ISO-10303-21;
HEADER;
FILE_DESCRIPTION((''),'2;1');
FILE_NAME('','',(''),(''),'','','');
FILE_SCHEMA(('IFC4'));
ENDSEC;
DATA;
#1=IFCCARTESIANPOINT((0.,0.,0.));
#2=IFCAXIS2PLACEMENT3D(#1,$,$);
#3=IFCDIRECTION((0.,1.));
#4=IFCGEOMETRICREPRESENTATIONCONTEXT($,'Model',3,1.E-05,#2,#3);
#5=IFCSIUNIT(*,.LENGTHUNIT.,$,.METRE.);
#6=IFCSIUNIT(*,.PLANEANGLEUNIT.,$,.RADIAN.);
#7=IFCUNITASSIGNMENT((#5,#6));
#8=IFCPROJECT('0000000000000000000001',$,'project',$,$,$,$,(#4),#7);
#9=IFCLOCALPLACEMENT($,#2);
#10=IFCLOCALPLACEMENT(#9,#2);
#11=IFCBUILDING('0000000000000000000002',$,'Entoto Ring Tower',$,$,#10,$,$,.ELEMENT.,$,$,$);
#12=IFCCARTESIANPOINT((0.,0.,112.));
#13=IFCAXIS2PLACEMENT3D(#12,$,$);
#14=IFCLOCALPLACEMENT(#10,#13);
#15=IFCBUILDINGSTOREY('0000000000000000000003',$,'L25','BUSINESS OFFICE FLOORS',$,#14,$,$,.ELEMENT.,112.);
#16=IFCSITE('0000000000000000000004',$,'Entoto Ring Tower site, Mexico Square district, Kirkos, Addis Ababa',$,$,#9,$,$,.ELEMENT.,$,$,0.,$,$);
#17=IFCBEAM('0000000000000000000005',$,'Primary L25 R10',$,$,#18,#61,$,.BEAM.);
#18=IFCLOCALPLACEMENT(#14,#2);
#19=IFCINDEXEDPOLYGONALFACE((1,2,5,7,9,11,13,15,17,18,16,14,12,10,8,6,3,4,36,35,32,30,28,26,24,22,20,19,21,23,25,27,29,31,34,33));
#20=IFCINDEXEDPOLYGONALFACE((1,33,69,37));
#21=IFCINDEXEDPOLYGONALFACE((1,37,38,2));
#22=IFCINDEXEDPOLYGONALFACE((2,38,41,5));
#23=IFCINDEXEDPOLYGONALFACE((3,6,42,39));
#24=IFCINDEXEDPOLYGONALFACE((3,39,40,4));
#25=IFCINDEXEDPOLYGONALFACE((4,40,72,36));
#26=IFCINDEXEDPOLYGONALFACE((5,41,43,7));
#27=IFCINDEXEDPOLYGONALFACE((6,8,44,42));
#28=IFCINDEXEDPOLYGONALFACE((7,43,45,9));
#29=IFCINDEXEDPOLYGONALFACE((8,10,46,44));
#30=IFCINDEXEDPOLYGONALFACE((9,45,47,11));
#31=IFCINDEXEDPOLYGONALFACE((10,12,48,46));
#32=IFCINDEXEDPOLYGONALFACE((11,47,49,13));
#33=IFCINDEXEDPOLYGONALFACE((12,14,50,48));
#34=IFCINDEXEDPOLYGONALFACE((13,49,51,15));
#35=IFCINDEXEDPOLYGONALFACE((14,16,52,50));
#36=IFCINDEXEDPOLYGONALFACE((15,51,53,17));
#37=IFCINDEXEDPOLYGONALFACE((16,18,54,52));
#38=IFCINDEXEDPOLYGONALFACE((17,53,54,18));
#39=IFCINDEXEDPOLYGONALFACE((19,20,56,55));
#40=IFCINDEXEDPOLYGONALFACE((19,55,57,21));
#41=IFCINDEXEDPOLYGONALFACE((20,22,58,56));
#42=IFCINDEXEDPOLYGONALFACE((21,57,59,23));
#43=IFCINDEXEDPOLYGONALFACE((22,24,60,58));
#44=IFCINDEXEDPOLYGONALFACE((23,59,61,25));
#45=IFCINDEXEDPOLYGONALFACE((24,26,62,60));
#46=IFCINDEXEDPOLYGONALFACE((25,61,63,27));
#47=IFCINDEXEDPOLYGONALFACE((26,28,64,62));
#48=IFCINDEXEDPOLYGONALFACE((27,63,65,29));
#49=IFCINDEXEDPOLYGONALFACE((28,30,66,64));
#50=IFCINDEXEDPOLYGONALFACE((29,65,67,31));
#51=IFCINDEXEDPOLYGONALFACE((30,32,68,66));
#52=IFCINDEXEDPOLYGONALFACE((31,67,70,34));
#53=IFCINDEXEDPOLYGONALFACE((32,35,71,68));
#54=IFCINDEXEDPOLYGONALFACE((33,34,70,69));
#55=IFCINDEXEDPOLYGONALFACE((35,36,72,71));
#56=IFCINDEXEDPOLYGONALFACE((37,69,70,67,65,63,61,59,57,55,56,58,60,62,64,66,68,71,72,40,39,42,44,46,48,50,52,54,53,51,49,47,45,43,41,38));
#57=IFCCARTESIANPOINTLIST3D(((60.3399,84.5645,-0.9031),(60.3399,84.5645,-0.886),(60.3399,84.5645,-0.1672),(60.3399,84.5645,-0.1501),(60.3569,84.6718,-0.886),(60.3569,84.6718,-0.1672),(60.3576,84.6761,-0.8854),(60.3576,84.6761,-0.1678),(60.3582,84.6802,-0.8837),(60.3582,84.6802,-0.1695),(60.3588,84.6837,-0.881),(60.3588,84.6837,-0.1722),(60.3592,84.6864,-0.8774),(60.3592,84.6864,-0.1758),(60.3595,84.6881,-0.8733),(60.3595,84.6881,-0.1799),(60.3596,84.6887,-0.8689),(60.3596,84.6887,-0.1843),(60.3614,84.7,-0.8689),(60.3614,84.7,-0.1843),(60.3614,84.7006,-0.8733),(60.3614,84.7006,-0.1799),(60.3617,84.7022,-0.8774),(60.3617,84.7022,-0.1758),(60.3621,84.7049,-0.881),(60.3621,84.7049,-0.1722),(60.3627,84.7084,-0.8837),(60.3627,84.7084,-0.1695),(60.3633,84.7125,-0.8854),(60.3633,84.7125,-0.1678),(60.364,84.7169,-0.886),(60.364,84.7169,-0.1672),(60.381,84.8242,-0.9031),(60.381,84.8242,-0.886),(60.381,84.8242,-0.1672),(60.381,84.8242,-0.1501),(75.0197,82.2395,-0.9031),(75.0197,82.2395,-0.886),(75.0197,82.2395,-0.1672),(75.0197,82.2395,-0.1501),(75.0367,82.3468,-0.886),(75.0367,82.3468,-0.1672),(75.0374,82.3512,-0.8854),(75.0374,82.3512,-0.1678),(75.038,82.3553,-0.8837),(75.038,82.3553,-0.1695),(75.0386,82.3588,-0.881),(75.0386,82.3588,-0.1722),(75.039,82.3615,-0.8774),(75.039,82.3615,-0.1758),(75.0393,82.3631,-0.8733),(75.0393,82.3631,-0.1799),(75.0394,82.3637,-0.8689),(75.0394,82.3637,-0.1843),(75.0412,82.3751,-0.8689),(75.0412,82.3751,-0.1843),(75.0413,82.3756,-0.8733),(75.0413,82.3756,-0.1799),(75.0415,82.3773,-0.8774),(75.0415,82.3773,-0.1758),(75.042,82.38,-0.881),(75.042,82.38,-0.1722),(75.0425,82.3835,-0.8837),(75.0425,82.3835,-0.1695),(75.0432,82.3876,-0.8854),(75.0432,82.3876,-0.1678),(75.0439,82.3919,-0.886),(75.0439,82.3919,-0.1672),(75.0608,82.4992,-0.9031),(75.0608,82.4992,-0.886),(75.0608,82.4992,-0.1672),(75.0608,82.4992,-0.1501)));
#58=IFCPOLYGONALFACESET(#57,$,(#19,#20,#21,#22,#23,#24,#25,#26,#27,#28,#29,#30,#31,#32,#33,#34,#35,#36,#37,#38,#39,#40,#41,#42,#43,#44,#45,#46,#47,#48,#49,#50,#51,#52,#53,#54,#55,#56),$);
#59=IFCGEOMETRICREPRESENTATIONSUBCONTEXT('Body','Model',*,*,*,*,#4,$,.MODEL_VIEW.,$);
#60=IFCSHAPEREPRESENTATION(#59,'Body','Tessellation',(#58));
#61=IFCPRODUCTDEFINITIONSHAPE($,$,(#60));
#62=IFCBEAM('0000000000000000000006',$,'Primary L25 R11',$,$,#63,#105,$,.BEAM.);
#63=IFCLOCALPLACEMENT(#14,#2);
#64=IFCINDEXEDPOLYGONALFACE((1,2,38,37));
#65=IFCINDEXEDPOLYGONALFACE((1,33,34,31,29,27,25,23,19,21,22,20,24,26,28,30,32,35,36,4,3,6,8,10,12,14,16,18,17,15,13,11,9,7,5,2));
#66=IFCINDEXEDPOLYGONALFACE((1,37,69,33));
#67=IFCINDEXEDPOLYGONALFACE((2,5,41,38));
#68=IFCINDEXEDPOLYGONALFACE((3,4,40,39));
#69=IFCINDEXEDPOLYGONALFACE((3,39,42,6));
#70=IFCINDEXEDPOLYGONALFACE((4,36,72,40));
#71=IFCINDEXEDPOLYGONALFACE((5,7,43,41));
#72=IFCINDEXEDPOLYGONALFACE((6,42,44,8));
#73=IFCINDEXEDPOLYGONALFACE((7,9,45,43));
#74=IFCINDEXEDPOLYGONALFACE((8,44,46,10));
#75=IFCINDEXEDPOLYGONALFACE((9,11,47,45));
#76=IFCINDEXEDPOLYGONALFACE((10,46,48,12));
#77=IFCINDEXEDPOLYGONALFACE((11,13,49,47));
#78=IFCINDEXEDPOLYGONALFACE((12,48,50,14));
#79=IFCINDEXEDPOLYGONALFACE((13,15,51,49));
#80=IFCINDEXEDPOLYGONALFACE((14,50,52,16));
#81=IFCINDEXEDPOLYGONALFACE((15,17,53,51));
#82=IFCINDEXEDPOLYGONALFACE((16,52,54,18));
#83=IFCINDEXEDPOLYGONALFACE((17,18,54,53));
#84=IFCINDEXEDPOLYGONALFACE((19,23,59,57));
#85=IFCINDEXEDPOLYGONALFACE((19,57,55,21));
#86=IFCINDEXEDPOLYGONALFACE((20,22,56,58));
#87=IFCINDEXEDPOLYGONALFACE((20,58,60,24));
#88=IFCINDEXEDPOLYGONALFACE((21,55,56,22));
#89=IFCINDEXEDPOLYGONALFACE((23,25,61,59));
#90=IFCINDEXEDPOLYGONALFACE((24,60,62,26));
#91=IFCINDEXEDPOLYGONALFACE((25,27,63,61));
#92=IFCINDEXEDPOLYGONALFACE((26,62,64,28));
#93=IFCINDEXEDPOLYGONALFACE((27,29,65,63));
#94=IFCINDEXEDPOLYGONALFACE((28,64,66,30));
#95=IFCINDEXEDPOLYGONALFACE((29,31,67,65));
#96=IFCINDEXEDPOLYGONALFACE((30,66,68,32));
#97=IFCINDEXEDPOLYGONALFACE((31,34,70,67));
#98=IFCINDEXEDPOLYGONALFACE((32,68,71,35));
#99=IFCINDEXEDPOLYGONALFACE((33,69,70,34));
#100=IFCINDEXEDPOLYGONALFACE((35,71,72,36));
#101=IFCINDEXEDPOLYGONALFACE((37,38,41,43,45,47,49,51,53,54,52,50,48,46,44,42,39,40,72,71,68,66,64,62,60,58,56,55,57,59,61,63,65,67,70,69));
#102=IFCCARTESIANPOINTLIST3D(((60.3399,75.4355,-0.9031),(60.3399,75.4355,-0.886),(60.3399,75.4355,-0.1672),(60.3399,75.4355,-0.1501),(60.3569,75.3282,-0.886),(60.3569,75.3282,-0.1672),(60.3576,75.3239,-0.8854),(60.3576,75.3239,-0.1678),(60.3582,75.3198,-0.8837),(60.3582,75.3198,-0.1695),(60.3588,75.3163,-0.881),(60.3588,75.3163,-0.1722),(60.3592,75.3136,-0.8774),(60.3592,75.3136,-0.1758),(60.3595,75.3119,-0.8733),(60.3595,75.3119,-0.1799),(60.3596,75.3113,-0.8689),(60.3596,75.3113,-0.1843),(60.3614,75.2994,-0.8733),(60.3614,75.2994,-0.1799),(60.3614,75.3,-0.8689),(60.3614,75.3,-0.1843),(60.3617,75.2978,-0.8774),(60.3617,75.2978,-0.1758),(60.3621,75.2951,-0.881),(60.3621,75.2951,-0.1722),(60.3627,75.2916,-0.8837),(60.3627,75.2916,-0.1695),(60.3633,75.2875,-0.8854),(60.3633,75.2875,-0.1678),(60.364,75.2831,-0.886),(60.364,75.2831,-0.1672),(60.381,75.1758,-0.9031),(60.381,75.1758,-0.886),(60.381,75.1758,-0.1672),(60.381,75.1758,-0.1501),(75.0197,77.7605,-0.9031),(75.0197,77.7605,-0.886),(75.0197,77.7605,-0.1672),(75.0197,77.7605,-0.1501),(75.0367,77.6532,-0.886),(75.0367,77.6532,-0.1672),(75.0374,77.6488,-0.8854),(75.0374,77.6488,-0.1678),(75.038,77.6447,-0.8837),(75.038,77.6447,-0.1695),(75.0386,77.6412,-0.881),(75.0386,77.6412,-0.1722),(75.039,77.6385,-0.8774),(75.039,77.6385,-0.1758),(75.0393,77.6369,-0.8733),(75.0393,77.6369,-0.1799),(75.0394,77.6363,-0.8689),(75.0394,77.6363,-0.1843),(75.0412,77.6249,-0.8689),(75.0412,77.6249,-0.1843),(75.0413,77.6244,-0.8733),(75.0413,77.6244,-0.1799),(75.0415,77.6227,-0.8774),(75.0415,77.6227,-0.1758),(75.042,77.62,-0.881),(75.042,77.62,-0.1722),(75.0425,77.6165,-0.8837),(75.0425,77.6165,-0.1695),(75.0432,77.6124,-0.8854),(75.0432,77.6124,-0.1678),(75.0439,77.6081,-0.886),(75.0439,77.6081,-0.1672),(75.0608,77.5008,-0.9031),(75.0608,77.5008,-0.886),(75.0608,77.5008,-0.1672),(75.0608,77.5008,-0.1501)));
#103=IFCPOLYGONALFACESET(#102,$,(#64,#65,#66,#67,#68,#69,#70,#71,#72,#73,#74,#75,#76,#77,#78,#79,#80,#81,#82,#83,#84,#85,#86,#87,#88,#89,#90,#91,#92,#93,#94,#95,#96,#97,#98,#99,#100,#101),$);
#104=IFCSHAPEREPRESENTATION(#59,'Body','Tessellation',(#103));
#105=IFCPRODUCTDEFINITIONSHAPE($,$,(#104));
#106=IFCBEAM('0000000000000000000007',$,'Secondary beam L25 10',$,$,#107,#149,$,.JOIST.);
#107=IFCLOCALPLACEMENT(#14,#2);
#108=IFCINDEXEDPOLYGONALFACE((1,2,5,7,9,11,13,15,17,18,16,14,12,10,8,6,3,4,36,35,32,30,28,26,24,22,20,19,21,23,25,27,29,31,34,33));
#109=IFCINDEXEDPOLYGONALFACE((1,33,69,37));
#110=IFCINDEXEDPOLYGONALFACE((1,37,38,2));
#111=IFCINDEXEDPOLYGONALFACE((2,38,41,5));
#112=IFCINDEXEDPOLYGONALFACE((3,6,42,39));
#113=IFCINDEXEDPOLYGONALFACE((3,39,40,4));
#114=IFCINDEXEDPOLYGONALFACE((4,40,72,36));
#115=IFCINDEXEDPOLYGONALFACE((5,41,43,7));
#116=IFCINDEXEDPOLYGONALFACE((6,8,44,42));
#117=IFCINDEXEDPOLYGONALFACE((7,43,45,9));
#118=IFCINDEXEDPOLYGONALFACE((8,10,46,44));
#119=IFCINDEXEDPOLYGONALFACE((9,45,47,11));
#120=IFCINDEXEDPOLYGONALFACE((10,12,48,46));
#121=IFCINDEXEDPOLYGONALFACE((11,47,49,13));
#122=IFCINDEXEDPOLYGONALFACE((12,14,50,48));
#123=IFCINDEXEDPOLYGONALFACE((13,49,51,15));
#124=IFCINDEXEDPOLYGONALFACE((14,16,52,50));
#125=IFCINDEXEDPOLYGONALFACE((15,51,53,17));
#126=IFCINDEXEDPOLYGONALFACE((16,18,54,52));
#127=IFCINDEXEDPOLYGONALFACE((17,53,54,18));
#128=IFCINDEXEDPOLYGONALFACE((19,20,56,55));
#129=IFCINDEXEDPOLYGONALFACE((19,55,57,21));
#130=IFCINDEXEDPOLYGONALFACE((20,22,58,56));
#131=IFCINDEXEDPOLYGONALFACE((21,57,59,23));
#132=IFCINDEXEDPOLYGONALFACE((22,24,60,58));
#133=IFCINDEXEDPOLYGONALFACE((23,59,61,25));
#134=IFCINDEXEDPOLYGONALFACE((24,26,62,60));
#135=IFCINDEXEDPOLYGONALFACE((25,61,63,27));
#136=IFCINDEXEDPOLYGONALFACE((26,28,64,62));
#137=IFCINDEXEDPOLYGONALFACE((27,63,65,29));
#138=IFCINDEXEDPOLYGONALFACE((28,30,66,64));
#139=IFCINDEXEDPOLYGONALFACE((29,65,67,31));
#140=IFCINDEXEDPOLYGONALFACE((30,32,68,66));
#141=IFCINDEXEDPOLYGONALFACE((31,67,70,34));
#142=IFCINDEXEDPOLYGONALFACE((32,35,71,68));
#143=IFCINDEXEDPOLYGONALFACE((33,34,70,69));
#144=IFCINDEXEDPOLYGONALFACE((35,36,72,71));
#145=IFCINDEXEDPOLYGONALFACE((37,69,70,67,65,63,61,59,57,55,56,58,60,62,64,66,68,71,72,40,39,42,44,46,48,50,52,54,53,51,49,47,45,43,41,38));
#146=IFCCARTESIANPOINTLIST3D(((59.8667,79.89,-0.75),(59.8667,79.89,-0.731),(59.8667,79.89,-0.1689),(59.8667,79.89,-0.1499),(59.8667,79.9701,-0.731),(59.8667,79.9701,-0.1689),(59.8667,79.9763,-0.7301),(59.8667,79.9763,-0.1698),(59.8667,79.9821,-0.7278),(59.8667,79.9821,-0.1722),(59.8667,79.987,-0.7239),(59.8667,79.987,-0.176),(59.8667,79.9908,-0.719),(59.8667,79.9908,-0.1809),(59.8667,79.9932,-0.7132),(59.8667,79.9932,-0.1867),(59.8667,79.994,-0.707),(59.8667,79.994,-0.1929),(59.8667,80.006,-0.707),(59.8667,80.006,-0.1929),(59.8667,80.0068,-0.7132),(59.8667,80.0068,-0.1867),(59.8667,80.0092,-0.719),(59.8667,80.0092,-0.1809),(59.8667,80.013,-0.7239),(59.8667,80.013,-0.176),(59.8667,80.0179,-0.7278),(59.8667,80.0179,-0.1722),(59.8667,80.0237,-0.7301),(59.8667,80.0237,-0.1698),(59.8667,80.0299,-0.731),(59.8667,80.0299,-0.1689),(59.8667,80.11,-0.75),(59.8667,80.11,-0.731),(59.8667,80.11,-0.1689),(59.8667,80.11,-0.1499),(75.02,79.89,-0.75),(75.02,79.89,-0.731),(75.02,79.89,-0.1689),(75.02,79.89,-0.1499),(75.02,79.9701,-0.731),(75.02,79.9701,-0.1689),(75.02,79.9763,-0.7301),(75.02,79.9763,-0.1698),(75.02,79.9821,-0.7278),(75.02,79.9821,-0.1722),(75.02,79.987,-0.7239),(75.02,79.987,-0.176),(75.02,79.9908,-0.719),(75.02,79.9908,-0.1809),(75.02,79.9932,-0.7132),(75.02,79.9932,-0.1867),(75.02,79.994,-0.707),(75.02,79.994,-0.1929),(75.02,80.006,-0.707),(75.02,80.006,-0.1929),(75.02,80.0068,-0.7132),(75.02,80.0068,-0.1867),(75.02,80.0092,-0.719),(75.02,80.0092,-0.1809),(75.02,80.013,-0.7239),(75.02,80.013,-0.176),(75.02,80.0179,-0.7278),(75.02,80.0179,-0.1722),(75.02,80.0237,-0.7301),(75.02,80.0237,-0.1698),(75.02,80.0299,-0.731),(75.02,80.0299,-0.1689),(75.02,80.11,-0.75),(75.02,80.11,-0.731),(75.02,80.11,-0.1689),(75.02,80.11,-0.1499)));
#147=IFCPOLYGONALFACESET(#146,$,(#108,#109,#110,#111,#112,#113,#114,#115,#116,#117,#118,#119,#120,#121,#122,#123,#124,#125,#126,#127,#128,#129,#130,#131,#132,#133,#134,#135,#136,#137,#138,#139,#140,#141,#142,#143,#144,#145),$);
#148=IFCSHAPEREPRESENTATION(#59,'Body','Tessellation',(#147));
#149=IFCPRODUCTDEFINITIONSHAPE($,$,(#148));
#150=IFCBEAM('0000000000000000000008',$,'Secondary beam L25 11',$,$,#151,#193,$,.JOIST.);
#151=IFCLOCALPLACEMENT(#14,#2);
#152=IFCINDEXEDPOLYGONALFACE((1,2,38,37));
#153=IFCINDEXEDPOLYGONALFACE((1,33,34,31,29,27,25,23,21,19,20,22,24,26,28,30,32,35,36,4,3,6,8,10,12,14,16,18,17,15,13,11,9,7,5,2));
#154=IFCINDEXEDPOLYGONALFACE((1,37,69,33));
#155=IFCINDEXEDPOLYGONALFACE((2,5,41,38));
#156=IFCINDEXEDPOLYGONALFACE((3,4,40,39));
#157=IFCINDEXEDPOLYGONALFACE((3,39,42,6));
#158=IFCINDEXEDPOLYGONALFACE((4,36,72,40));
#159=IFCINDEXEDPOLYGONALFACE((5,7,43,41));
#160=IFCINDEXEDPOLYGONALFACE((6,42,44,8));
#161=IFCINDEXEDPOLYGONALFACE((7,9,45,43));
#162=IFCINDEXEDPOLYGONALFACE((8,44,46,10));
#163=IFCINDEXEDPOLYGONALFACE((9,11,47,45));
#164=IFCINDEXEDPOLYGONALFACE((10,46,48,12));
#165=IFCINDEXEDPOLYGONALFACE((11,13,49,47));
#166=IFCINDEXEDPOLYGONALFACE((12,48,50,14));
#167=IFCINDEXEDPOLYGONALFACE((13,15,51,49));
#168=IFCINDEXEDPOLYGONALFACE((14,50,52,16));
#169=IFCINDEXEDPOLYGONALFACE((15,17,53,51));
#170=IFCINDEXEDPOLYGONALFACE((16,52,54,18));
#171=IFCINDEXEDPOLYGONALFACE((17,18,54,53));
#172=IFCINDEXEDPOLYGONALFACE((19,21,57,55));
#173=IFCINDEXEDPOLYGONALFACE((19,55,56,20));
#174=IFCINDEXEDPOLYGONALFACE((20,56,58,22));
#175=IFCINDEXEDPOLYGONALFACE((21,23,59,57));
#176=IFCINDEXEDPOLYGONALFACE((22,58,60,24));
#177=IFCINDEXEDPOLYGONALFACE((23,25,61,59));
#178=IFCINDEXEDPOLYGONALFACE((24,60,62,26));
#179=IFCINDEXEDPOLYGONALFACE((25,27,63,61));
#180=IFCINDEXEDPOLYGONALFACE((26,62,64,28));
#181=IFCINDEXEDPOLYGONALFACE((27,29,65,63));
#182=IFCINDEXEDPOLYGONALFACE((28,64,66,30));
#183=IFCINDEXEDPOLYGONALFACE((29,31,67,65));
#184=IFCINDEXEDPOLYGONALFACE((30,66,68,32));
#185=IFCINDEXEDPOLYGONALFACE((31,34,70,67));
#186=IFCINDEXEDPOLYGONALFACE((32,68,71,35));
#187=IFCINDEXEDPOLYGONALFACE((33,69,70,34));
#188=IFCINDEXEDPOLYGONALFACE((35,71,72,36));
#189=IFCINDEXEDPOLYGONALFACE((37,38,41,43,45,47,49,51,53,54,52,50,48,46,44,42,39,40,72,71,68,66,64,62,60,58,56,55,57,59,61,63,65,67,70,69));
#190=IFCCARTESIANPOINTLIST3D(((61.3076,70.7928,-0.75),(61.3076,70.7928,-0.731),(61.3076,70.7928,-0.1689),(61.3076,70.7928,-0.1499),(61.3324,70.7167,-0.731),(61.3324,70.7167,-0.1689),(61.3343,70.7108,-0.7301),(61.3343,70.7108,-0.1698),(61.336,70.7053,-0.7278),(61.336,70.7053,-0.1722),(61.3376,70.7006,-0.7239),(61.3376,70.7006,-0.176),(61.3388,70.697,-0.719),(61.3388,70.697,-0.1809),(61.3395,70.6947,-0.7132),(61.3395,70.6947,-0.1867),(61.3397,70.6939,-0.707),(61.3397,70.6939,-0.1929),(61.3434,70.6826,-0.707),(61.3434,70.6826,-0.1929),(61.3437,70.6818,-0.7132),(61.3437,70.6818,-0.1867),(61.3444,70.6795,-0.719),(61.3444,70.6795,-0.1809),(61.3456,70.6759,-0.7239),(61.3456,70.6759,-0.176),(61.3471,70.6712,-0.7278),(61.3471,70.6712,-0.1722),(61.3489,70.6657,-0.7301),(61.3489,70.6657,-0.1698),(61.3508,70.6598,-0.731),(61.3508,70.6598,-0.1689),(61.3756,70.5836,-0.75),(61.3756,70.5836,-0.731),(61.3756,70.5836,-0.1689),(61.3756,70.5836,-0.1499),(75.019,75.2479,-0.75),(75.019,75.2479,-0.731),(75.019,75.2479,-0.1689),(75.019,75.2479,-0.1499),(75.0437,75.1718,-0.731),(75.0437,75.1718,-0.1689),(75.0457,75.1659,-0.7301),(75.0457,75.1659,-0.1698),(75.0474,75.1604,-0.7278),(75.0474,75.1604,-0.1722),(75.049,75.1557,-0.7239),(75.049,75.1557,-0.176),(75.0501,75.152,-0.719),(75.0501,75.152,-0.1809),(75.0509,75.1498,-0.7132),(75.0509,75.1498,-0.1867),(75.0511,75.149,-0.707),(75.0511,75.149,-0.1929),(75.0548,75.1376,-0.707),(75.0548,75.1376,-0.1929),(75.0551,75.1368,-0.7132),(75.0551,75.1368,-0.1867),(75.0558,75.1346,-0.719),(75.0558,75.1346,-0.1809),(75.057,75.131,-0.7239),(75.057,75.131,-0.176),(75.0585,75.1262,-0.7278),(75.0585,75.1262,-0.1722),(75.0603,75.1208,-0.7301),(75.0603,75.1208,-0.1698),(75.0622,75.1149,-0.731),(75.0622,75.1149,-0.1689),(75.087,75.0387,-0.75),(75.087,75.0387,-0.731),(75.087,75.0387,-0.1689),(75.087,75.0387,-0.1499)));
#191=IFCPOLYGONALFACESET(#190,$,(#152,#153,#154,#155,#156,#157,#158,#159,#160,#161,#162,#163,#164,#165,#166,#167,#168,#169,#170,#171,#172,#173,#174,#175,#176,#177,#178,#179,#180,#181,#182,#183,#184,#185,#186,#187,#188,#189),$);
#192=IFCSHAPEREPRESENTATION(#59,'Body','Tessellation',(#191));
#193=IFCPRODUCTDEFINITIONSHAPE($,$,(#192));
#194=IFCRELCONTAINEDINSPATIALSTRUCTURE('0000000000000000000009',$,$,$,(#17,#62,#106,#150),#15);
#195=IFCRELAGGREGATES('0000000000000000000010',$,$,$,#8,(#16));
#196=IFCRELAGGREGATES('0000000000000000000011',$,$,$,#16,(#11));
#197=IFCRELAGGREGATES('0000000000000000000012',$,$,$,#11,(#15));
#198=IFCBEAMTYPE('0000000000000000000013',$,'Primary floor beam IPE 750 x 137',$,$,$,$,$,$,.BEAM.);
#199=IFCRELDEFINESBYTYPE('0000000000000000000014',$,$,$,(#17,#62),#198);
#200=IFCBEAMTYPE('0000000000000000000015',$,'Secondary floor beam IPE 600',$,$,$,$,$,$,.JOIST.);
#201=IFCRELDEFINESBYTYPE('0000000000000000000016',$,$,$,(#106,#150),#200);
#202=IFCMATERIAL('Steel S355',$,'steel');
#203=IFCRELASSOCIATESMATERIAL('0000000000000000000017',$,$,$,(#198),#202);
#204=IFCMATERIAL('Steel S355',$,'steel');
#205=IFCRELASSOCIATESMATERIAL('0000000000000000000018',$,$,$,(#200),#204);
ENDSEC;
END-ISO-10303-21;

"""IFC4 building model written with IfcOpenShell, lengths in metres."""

from ifc_helpers import new_model, si_unit, direction, frame, origin, origin_2d, place, context, subcontext, project, spatial, i_section, extrude, material, material_profile, profile_set, type_object, element, save


model = new_model("IFC4")

# Units and contexts
model_context = context("Model", 3, precision=1e-05, world=origin(), true_north=direction((0.0, 1.0)))
body_context = subcontext(model_context, "Body", "Model", "MODEL_VIEW")
ifc_project = project(units=[si_unit("LENGTHUNIT", "METRE"), si_unit("PLANEANGLEUNIT", "RADIAN")], contexts=[model_context])

# Site, building, storey
site_placement = place(None, origin())
site = spatial("IfcSite", under=ifc_project, at=site_placement, Name="Entoto Ring Tower site, Mexico Square district, Kirkos, Addis Ababa", CompositionType="ELEMENT", RefElevation=0.0)
building_placement = place(site_placement, origin())
building = spatial("IfcBuilding", under=site, at=building_placement, Name="Entoto Ring Tower", CompositionType="ELEMENT")
storey_placement = place(building_placement, frame((0.0, 0.0, 112.0)))
storey = spatial("IfcBuildingStorey", under=building, at=storey_placement, Name="L25", Description="BUSINESS OFFICE FLOORS", CompositionType="ELEMENT", Elevation=112.0)

# Beams
ifc_material_1 = material(Name="Steel S355", Category="steel")
ifc_material_profile_1 = material_profile(ifc_material_1, i_section(OverallWidth=0.2629, OverallDepth=0.7529, WebThickness=0.0115, FlangeThickness=0.0171, FilletRadius=0.0171, at=origin_2d()), Name="IPE 750 x 137")
ifc_profile_set_1 = profile_set([ifc_material_profile_1], Name="Steel S355")
beam_type_1 = type_object("IfcBeamType", Name="Primary floor beam IPE 750 x 137", PredefinedType="BEAM", material=ifc_profile_set_1)
for number, where, z_axis, x_axis, name in (
    (1, (75.0403, 82.3694, -0.5266), (-0.98769, 0.156426, 0.0), (-0.156426, -0.98769, 0.0), "Primary L25 R10"),
    (2, (75.0403, 77.6306, -0.5266), (-0.98769, -0.156426, 0.0), (0.156426, -0.98769, 0.0), "Primary L25 R11"),
):
    element("IfcBeam", number, at=place(storey_placement, frame(where, z_axis=z_axis, x_axis=x_axis)), inside=storey, type_object=beam_type_1, Name=name, PredefinedType="BEAM", context=body_context, shape_type="SweptSolid", body=[
        extrude(i_section(OverallWidth=0.2629, OverallDepth=0.7529, WebThickness=0.0115, FlangeThickness=0.0171, FilletRadius=0.0171, at=origin_2d()), origin(), (0.0, 0.0, 1.0), 14.8628),
    ])
ifc_material_2 = material(Name="Steel S355", Category="steel")
ifc_material_profile_2 = material_profile(ifc_material_2, i_section(OverallWidth=0.22, OverallDepth=0.6001, WebThickness=0.012, FlangeThickness=0.019, FilletRadius=0.0239, at=origin_2d()), Name="IPE 600")
ifc_profile_set_2 = profile_set([ifc_material_profile_2], Name="Steel S355")
beam_type_2 = type_object("IfcBeamType", Name="Secondary floor beam IPE 600", PredefinedType="JOIST", material=ifc_profile_set_2)
beam_1_placement = place(storey_placement, frame((75.02, 80.0, -0.45), z_axis=(-1.0, 0.0, 0.0), x_axis=(0.0, -1.0, 0.0)))
element("IfcBeam", 3, at=beam_1_placement, inside=storey, type_object=beam_type_2, Name="Secondary beam L25 10", PredefinedType="JOIST", context=body_context, shape_type="SweptSolid", body=[
    extrude(i_section(OverallWidth=0.22, OverallDepth=0.6001, WebThickness=0.012, FlangeThickness=0.019, FilletRadius=0.0239, at=origin_2d()), origin(), (0.0, 0.0, 1.0), 15.1533),
])
beam_2_placement = place(storey_placement, frame((75.053, 75.1433, -0.45), z_axis=(-0.951057, -0.309015, 0.0), x_axis=(0.309015, -0.951057, 0.0)))
element("IfcBeam", 4, at=beam_2_placement, inside=storey, type_object=beam_type_2, Name="Secondary beam L25 11", PredefinedType="JOIST", context=body_context, shape_type="SweptSolid", body=[
    extrude(i_section(OverallWidth=0.22, OverallDepth=0.6001, WebThickness=0.012, FlangeThickness=0.019, FilletRadius=0.0239, at=origin_2d()), origin(), (0.0, 0.0, 1.0), 14.417),
])

save(model, "model.ifc")
